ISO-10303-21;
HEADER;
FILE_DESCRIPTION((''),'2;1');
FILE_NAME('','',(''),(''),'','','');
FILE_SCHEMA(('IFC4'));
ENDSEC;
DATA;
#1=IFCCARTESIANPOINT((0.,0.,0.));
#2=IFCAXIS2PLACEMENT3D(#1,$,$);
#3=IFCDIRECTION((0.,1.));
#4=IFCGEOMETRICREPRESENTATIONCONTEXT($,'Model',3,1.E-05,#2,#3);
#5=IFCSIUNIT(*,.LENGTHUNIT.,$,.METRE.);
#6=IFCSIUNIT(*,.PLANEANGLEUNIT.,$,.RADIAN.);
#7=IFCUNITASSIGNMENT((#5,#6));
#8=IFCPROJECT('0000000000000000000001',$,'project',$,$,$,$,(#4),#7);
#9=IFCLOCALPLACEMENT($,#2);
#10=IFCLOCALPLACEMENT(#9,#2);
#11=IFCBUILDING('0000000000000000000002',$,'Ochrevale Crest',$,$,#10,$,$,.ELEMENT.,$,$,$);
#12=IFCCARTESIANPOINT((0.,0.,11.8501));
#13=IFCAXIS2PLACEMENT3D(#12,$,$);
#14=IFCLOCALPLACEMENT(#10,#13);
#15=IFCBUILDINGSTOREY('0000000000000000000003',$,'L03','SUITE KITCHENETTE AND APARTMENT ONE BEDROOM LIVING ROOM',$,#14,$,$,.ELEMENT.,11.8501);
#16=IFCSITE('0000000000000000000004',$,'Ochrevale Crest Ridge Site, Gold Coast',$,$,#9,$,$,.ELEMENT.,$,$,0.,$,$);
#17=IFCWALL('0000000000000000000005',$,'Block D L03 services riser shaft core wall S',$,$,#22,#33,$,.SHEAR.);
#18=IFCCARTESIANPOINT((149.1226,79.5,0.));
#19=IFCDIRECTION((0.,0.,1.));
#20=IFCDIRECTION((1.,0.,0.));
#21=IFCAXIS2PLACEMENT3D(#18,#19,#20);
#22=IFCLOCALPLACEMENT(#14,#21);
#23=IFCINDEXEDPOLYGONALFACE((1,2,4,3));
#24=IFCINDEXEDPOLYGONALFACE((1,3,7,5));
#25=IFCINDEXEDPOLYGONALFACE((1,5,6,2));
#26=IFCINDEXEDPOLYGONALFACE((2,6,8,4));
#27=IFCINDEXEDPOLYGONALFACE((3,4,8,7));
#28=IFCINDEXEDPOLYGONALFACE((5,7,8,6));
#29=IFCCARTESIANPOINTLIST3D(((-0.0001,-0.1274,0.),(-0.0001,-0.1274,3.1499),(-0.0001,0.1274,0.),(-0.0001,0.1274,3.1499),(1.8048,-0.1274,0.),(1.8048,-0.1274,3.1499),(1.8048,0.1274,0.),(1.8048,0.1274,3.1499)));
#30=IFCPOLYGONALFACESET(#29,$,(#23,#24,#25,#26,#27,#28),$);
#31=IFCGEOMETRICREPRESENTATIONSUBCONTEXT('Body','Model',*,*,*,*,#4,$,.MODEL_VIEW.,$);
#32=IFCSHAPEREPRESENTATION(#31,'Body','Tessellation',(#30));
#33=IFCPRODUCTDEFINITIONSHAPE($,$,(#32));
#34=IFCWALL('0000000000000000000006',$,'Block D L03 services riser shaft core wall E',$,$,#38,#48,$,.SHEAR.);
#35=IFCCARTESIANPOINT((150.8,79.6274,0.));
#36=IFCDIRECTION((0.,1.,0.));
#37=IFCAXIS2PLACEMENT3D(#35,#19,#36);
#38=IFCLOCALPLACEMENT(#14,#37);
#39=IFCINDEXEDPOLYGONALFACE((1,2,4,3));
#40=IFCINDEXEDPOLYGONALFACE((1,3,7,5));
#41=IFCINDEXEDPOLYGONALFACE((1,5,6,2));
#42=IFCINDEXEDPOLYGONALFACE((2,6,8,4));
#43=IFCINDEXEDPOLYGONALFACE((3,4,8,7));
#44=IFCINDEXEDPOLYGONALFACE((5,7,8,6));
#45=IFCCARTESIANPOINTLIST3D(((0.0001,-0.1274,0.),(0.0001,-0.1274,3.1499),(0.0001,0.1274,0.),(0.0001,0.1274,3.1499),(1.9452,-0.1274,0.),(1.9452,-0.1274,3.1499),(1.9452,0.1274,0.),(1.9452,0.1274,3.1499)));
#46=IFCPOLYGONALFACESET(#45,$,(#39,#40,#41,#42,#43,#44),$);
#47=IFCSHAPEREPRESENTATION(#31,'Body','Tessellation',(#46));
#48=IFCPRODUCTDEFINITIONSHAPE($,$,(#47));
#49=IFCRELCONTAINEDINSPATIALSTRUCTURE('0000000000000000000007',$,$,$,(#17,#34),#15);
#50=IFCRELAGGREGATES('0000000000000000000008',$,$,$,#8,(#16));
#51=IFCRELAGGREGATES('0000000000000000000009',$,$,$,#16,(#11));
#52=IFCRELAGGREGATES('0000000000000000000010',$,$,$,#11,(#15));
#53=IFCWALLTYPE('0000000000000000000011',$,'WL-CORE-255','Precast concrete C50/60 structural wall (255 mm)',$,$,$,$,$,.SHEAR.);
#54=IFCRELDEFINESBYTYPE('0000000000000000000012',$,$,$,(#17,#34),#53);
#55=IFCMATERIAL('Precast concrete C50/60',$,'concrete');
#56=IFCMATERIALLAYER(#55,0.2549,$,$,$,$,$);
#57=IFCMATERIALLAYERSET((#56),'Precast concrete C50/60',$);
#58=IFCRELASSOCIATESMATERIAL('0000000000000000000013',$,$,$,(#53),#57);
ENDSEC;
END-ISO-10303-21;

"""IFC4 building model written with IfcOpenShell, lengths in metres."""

from ifc_helpers import new_model, si_unit, direction, frame, frame_2d, origin, place, context, subcontext, project, spatial, rectangle, extrude, material, layer, layer_set, type_object, element, save


model = new_model("IFC4")

# Units and contexts
model_context = context("Model", 3, precision=1e-05, world=origin(), true_north=direction((0.0, 1.0)))
body_context = subcontext(model_context, "Body", "Model", "MODEL_VIEW")
ifc_project = project(units=[si_unit("LENGTHUNIT", "METRE"), si_unit("PLANEANGLEUNIT", "RADIAN")], contexts=[model_context])

# Site, building, storey
site_placement = place(None, origin())
site = spatial("IfcSite", under=ifc_project, at=site_placement, Name="Ochrevale Crest Ridge Site, Gold Coast", CompositionType="ELEMENT", RefElevation=0.0)
building_placement = place(site_placement, origin())
building = spatial("IfcBuilding", under=site, at=building_placement, Name="Ochrevale Crest", CompositionType="ELEMENT")
storey_placement = place(building_placement, frame((0.0, 0.0, 11.8501)))
storey = spatial("IfcBuildingStorey", under=building, at=storey_placement, Name="L03", Description="SUITE KITCHENETTE AND APARTMENT ONE BEDROOM LIVING ROOM", CompositionType="ELEMENT", Elevation=11.8501)

# Shared definitions
ifc_material_1 = material(Name="Precast concrete C50/60", Category="concrete")
ifc_layer_1 = layer(ifc_material_1, 0.2549)
ifc_layer_set_1 = layer_set([ifc_layer_1], Name="Precast concrete C50/60")
wall_type_1 = type_object("IfcWallType", Name="WL-CORE-255", Description="Precast concrete C50/60 structural wall (255 mm)", PredefinedType="SHEAR", material=ifc_layer_set_1)

# Walls
wall_1_placement = place(storey_placement, frame((149.1226, 79.5, 0.0), z_axis=(0.0, 0.0, 1.0), x_axis=(1.0, 0.0, 0.0)))
element("IfcWall", 1, at=wall_1_placement, inside=storey, type_object=wall_type_1, Name="Block D L03 services riser shaft core wall S", PredefinedType="SHEAR", context=body_context, shape_type="SweptSolid", body=[
    extrude(rectangle(XDim=1.8049, YDim=0.2549, at=frame_2d((0.9023, 0.0))), origin(), (0.0, 0.0, 1.0), 3.1499),
])
wall_2_placement = place(storey_placement, frame((150.8, 79.6274, 0.0), z_axis=(0.0, 0.0, 1.0), x_axis=(0.0, 1.0, 0.0)))
element("IfcWall", 2, at=wall_2_placement, inside=storey, type_object=wall_type_1, Name="Block D L03 services riser shaft core wall E", PredefinedType="SHEAR", context=body_context, shape_type="SweptSolid", body=[
    extrude(rectangle(XDim=1.9451, YDim=0.2549, at=frame_2d((0.9727, 0.0))), origin(), (0.0, 0.0, 1.0), 3.1499),
])

save(model, "model.ifc")
